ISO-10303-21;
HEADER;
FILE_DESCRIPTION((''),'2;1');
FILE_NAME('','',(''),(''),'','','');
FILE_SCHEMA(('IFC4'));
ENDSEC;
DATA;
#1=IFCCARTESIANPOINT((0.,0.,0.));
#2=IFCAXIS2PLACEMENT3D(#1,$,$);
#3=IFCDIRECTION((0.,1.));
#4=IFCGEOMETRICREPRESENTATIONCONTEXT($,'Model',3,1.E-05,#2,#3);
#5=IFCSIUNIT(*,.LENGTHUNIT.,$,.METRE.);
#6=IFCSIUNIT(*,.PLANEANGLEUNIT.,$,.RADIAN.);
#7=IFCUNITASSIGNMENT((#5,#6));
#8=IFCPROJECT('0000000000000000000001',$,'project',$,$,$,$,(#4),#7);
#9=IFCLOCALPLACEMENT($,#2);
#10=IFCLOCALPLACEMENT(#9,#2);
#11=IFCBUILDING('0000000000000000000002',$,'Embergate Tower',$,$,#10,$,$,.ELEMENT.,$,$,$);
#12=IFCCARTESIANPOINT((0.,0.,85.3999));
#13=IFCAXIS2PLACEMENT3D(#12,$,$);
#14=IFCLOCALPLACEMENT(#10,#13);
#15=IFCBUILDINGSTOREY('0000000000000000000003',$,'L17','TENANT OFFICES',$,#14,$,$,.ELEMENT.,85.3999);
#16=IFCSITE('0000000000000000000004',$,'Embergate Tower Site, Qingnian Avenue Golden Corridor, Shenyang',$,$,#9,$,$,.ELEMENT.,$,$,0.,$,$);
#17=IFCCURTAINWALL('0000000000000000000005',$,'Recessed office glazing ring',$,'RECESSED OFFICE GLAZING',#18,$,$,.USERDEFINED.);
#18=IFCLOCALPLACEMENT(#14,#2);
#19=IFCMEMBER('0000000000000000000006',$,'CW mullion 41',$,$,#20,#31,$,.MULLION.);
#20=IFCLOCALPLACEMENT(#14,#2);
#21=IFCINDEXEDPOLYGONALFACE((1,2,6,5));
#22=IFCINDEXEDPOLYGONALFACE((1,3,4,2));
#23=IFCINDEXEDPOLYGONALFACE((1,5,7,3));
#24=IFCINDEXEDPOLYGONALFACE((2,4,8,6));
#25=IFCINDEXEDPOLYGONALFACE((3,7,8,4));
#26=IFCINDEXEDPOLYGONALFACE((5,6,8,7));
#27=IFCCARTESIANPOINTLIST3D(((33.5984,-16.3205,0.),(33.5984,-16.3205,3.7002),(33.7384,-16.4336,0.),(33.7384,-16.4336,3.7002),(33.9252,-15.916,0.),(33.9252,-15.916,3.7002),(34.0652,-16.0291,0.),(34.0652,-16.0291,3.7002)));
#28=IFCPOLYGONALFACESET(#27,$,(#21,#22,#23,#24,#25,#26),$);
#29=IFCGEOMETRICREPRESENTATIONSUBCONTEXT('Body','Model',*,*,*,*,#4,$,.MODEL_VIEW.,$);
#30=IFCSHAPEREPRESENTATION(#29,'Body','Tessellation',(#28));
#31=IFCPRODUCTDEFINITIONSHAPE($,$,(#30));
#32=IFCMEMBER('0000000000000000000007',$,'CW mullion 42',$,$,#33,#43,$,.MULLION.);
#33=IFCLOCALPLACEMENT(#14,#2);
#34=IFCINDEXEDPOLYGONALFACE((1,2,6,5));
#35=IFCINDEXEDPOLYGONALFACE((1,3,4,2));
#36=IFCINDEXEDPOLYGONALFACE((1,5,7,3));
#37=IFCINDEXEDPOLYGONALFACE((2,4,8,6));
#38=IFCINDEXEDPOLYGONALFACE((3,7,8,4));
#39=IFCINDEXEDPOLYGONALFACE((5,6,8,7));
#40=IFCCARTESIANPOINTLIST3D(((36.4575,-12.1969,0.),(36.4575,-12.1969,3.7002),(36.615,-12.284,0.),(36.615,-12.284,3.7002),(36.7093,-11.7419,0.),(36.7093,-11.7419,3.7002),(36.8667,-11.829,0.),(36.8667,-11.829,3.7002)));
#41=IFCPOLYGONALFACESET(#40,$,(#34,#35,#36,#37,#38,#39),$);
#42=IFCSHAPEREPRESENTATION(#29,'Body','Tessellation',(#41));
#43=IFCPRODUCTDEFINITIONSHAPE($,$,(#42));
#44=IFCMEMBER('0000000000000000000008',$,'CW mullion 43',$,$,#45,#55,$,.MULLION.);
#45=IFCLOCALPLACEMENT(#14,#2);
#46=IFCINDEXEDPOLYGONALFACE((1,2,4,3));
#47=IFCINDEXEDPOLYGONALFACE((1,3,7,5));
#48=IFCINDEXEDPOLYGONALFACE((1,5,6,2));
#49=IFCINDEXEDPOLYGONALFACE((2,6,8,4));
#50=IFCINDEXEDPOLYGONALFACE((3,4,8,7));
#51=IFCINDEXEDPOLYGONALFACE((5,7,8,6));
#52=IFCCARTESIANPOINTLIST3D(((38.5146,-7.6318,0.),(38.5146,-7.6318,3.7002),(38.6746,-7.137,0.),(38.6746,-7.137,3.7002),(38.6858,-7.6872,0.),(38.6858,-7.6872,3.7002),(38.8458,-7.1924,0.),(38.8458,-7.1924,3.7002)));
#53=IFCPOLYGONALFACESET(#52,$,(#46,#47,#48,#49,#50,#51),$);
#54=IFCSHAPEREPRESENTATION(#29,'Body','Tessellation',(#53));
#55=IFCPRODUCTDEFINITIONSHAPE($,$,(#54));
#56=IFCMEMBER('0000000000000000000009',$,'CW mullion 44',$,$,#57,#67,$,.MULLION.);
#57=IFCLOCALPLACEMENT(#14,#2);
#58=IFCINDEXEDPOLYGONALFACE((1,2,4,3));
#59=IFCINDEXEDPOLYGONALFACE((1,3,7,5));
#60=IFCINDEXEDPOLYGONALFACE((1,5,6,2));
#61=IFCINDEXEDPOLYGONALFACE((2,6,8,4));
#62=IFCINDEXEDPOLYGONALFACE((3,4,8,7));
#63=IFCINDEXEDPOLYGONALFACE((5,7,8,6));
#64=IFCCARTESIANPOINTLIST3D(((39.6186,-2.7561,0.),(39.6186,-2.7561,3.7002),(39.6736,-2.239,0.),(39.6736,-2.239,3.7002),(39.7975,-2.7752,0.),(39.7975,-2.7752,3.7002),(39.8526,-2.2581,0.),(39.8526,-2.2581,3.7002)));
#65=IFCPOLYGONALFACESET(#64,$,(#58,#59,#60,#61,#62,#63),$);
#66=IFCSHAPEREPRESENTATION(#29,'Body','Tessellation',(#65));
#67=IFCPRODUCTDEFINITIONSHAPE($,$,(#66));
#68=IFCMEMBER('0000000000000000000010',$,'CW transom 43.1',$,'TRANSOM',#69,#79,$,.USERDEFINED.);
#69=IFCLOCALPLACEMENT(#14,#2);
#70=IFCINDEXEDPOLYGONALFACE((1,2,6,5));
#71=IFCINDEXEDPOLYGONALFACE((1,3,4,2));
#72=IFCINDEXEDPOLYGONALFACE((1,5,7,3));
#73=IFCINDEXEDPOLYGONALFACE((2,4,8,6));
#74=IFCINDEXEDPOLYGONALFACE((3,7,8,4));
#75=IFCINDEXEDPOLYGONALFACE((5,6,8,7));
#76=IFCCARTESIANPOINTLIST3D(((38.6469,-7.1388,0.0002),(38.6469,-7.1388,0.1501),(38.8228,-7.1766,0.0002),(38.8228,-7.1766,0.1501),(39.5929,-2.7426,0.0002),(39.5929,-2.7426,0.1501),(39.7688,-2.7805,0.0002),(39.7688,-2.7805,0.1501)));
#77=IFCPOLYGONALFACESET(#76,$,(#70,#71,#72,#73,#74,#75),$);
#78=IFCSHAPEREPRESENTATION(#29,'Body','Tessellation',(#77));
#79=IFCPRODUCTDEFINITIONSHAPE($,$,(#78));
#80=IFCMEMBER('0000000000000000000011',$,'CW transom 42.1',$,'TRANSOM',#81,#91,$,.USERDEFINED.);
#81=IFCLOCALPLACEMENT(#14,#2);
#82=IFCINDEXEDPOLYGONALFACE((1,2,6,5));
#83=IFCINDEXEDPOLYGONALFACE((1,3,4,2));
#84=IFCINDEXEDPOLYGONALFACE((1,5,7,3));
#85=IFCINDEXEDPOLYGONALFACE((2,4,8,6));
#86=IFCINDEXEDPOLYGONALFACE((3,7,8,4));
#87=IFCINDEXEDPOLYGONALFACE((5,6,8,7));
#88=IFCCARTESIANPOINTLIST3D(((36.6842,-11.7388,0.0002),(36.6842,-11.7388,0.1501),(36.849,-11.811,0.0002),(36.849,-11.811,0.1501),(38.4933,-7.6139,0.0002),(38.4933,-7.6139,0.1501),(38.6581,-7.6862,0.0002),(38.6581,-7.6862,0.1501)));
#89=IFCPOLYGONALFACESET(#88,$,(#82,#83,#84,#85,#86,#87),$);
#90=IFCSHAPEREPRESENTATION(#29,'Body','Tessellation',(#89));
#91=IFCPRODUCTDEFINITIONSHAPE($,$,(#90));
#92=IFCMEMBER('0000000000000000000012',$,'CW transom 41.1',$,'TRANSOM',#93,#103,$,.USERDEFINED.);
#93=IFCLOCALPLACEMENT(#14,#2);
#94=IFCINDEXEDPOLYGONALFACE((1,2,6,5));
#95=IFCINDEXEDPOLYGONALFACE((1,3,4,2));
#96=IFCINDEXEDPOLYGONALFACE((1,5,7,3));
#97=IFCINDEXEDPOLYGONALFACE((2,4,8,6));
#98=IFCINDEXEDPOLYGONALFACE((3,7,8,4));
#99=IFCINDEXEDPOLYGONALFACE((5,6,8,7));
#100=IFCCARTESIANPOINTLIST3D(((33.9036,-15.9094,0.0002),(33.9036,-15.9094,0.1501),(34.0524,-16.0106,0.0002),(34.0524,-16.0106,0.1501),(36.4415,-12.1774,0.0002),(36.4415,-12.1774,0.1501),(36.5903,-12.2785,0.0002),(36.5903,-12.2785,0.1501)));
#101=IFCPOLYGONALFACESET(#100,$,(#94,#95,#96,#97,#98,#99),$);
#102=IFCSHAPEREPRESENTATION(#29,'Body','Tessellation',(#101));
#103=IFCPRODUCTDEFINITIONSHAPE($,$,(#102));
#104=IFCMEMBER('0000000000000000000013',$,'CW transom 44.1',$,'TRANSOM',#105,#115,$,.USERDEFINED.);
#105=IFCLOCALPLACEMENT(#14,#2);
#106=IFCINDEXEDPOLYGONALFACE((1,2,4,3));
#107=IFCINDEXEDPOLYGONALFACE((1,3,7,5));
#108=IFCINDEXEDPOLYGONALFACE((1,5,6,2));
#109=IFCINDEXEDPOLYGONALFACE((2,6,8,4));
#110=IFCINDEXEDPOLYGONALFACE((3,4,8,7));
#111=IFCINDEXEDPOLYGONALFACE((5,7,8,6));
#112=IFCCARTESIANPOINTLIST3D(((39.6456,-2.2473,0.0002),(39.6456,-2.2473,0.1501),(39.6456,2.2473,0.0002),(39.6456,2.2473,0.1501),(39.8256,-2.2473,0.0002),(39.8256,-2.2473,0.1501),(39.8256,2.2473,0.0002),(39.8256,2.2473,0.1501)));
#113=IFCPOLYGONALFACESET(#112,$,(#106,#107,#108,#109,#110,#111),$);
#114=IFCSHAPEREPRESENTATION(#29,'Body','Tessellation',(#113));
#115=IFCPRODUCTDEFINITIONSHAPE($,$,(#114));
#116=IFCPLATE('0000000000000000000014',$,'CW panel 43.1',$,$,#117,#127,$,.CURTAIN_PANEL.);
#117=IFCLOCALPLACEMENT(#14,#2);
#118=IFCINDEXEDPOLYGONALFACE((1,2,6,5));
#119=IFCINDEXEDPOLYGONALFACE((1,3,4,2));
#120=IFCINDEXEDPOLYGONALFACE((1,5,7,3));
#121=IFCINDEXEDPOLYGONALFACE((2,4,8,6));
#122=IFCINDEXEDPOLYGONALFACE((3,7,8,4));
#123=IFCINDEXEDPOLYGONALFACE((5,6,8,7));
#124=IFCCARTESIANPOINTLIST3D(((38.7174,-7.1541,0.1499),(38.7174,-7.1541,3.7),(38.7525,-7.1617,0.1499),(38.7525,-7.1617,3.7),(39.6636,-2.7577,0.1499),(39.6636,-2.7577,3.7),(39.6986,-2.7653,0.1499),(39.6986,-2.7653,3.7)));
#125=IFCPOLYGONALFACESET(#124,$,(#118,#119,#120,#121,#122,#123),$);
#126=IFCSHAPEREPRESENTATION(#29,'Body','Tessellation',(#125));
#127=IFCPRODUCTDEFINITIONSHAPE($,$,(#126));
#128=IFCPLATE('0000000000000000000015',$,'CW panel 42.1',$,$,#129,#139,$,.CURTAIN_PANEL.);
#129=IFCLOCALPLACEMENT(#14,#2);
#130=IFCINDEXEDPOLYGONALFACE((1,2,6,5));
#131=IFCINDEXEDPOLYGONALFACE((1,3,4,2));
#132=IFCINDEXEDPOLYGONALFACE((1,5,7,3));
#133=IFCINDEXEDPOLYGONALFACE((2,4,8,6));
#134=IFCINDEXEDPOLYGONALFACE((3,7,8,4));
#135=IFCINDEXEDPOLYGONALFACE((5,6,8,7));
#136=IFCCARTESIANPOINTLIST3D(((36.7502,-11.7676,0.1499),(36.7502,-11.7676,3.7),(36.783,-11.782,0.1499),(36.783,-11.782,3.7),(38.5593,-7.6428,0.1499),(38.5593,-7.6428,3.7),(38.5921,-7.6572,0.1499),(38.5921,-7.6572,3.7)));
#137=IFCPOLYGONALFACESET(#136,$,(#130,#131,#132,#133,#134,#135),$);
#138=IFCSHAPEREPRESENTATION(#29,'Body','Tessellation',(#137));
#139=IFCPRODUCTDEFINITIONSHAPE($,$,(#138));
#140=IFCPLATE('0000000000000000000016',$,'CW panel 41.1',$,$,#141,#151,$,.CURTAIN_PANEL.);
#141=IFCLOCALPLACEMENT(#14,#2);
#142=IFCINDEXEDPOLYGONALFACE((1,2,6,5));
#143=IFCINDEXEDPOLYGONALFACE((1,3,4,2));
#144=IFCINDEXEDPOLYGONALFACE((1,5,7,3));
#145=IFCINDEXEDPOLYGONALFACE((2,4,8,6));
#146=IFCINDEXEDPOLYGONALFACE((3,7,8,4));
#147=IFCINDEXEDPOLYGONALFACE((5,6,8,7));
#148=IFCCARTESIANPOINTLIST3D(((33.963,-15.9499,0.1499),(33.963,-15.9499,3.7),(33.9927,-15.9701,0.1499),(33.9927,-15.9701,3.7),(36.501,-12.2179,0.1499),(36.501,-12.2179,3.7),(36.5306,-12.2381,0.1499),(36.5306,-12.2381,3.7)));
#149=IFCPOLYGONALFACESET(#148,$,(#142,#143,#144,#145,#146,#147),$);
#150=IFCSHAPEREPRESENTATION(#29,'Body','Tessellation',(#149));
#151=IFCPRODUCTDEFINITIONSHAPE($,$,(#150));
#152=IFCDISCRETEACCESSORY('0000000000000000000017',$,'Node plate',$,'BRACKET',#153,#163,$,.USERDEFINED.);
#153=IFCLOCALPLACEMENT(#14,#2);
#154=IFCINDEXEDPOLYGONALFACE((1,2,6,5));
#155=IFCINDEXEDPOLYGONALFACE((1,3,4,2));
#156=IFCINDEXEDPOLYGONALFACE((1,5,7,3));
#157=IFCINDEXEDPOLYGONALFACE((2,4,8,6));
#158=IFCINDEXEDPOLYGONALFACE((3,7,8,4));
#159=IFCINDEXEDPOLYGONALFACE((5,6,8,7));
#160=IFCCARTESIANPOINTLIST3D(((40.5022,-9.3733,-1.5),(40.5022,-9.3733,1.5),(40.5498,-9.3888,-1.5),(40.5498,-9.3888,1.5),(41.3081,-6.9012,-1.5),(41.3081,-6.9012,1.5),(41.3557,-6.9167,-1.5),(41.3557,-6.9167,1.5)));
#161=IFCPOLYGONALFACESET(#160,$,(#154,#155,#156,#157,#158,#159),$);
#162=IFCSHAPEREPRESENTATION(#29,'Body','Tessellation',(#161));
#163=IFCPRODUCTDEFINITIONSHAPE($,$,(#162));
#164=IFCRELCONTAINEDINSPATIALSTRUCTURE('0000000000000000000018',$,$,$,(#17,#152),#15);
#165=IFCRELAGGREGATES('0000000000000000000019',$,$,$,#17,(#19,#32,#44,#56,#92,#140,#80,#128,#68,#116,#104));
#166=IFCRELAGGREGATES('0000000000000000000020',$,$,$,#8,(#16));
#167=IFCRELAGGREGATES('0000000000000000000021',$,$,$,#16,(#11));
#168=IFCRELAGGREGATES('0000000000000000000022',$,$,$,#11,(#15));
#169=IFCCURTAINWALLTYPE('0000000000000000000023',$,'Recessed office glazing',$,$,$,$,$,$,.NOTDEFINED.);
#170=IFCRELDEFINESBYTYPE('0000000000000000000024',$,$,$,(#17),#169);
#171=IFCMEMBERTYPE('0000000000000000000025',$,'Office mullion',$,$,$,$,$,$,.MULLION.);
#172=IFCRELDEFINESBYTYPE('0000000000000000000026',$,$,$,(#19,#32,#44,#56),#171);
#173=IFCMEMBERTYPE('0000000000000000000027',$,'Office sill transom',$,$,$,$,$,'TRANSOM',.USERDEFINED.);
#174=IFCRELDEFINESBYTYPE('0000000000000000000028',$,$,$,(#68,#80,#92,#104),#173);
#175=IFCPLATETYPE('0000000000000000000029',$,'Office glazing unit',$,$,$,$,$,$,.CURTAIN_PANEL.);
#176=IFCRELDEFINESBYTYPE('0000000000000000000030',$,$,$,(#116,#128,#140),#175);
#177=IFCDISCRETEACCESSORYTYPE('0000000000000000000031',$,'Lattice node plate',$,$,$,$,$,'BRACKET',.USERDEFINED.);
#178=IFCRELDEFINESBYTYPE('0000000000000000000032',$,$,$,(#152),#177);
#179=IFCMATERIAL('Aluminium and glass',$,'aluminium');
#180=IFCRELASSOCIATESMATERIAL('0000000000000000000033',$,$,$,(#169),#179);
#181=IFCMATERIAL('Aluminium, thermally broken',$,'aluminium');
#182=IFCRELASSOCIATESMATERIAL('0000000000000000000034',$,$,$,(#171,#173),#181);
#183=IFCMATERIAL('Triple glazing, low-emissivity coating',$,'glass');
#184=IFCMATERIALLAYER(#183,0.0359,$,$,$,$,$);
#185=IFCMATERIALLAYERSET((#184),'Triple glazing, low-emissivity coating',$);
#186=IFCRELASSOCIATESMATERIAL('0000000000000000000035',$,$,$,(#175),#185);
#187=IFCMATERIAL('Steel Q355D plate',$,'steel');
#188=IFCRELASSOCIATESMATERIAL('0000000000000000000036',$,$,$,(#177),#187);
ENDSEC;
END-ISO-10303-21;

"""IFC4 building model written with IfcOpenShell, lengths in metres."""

from ifc_helpers import new_model, si_unit, direction, frame, origin, origin_2d, place, context, subcontext, project, spatial, rectangle, extrude, source, transform, mapped, material, layer, layer_set, material_profile, profile_set, type_object, element, aggregate, save


model = new_model("IFC4")

# Units and contexts
model_context = context("Model", 3, precision=1e-05, world=origin(), true_north=direction((0.0, 1.0)))
body_context = subcontext(model_context, "Body", "Model", "MODEL_VIEW")
ifc_project = project(units=[si_unit("LENGTHUNIT", "METRE"), si_unit("PLANEANGLEUNIT", "RADIAN")], contexts=[model_context])

# Site, building, storey
site_placement = place(None, origin())
site = spatial("IfcSite", under=ifc_project, at=site_placement, Name="Embergate Tower Site, Qingnian Avenue Golden Corridor, Shenyang", CompositionType="ELEMENT", RefElevation=0.0)
building_placement = place(site_placement, origin())
building = spatial("IfcBuilding", under=site, at=building_placement, Name="Embergate Tower", CompositionType="ELEMENT")
storey_placement = place(building_placement, frame((0.0, 0.0, 85.3999)))
storey = spatial("IfcBuildingStorey", under=building, at=storey_placement, Name="L17", Description="TENANT OFFICES", CompositionType="ELEMENT", Elevation=85.3999)

# Curtain wall, members, plates
ifc_material_1 = material(Name="Aluminium and glass", Category="aluminium")
curtain_wall_type = type_object("IfcCurtainWallType", Name="Recessed office glazing", PredefinedType="NOTDEFINED", material=ifc_material_1)
curtain_wall_placement = place(storey_placement, origin())
curtain_wall = element("IfcCurtainWall", 1, at=curtain_wall_placement, inside=storey, type_object=curtain_wall_type, Name="Recessed office glazing ring", ObjectType="RECESSED OFFICE GLAZING", PredefinedType="USERDEFINED")
ifc_material_2 = material(Name="Aluminium, thermally broken", Category="aluminium")
ifc_material_profile_1 = material_profile(ifc_material_2, rectangle(XDim=0.1799, YDim=0.52, at=origin_2d()), Name="AL 520x180")
ifc_profile_set_1 = profile_set([ifc_material_profile_1], Name="Aluminium, thermally broken")
member_type_1 = type_object("IfcMemberType", Name="Office mullion", PredefinedType="MULLION", material=ifc_profile_set_1)
shared_shape_1 = source(origin(), body_context, "Body", "SweptSolid", [
    extrude(rectangle(XDim=0.1799, YDim=0.52, at=origin_2d()), origin(), (0.0, 0.0, 1.0), 3.7002),
])
member_1_placement = place(storey_placement, frame((33.8318, -16.1748, 0.0), z_axis=(0.0, 0.0, 1.0), x_axis=(-0.777876, 0.628418, 0.0)))
member_1 = element("IfcMember", 2, at=member_1_placement, type_object=member_type_1, Name="CW mullion 41", PredefinedType="MULLION", context=body_context, shape_type="MappedRepresentation", body=[
    mapped(shared_shape_1, transform((0.0, 0.0, 0.0))),
])
member_2_placement = place(storey_placement, frame((36.6621, -12.0129, 0.0), z_axis=(0.0, 0.0, 1.0), x_axis=(-0.875005, 0.484113, 0.0)))
member_2 = element("IfcMember", 3, at=member_2_placement, type_object=member_type_1, Name="CW mullion 42", PredefinedType="MULLION", context=body_context, shape_type="MappedRepresentation", body=[
    mapped(shared_shape_1, transform((0.0, 0.0, 0.0))),
])
member_3_placement = place(storey_placement, frame((38.6802, -7.4121, 0.0), z_axis=(0.0, 0.0, 1.0), x_axis=(-0.951499, 0.307651, 0.0)))
member_3 = element("IfcMember", 4, at=member_3_placement, type_object=member_type_1, Name="CW mullion 43", PredefinedType="MULLION", context=body_context, shape_type="MappedRepresentation", body=[
    mapped(shared_shape_1, transform((0.0, 0.0, 0.0))),
])
member_4_placement = place(storey_placement, frame((39.7356, -2.5071, 0.0), z_axis=(0.0, 0.0, 1.0), x_axis=(-0.994385, 0.105822, 0.0)))
member_4 = element("IfcMember", 5, at=member_4_placement, type_object=member_type_1, Name="CW mullion 44", PredefinedType="MULLION", context=body_context, shape_type="MappedRepresentation", body=[
    mapped(shared_shape_1, transform((0.0, 0.0, 0.0))),
])
ifc_material_profile_2 = material_profile(ifc_material_2, rectangle(XDim=0.1799, YDim=0.1499, at=origin_2d()), Name="AL 150x180")
ifc_profile_set_2 = profile_set([ifc_material_profile_2], Name="Aluminium, thermally broken")
member_type_2 = type_object("IfcMemberType", Name="Office sill transom", ElementType="TRANSOM", PredefinedType="USERDEFINED", material=ifc_profile_set_2)
shared_shape_2 = source(origin(), body_context, "Body", "SweptSolid", [
    extrude(rectangle(XDim=0.1799, YDim=0.1499, at=origin_2d()), origin(), (0.0, 0.0, 1.0), 4.4968),
])
member_5_placement = place(storey_placement, frame((38.7349, -7.1577, 0.0752), z_axis=(0.210378, 0.97762, 0.0), x_axis=(-0.97762, 0.210378, 0.0)))
member_5 = element("IfcMember", 6, at=member_5_placement, type_object=member_type_2, Name="CW transom 43.1", ObjectType="TRANSOM", PredefinedType="USERDEFINED", context=body_context, shape_type="MappedRepresentation", body=[
    mapped(shared_shape_2, transform((0.0, 0.0, 0.0))),
])
shared_shape_3 = source(origin(), body_context, "Body", "SweptSolid", [
    extrude(rectangle(XDim=0.1799, YDim=0.1499, at=origin_2d()), origin(), (0.0, 0.0, 1.0), 4.5042),
])
member_6_placement = place(storey_placement, frame((36.7666, -11.7749, 0.0752), z_axis=(0.401658, 0.91579, 0.0), x_axis=(-0.91579, 0.401658, 0.0)))
member_6 = element("IfcMember", 7, at=member_6_placement, type_object=member_type_2, Name="CW transom 42.1", ObjectType="TRANSOM", PredefinedType="USERDEFINED", context=body_context, shape_type="MappedRepresentation", body=[
    mapped(shared_shape_3, transform((0.0, 0.0, 0.0))),
])
shared_shape_4 = source(origin(), body_context, "Body", "SweptSolid", [
    extrude(rectangle(XDim=0.1799, YDim=0.1499, at=origin_2d()), origin(), (0.0, 0.0, 1.0), 4.5132),
])
member_7_placement = place(storey_placement, frame((33.978, -15.96, 0.0752), z_axis=(0.562329, 0.826913, 0.0), x_axis=(-0.826913, 0.562329, 0.0)))
member_7 = element("IfcMember", 8, at=member_7_placement, type_object=member_type_2, Name="CW transom 41.1", ObjectType="TRANSOM", PredefinedType="USERDEFINED", context=body_context, shape_type="MappedRepresentation", body=[
    mapped(shared_shape_4, transform((0.0, 0.0, 0.0))),
])
shared_shape_5 = source(origin(), body_context, "Body", "SweptSolid", [
    extrude(rectangle(XDim=0.1799, YDim=0.1499, at=origin_2d()), origin(), (0.0, 0.0, 1.0), 4.4946),
])
member_8_placement = place(storey_placement, frame((39.7356, -2.2473, 0.0752), z_axis=(0.0, 1.0, 0.0), x_axis=(-1.0, 0.0, 0.0)))
member_8 = element("IfcMember", 9, at=member_8_placement, type_object=member_type_2, Name="CW transom 44.1", ObjectType="TRANSOM", PredefinedType="USERDEFINED", context=body_context, shape_type="MappedRepresentation", body=[
    mapped(shared_shape_5, transform((0.0, 0.0, 0.0))),
])
ifc_material_3 = material(Name="Triple glazing, low-emissivity coating", Category="glass")
ifc_layer = layer(ifc_material_3, 0.0359)
ifc_layer_set = layer_set([ifc_layer], Name="Triple glazing, low-emissivity coating")
plate_type = type_object("IfcPlateType", Name="Office glazing unit", PredefinedType="CURTAIN_PANEL", material=ifc_layer_set)
shared_shape_6 = source(origin(), body_context, "Body", "SweptSolid", [
    extrude(rectangle(XDim=4.4971, YDim=0.0359, at=origin_2d()), origin(), (0.0, 0.0, 1.0), 3.55),
])
plate_1_placement = place(storey_placement, frame((39.208, -4.9597, 0.1499), z_axis=(0.0, 0.0, 1.0), x_axis=(0.210398, 0.977616, 0.0)))
plate_1 = element("IfcPlate", 10, at=plate_1_placement, type_object=plate_type, Name="CW panel 43.1", PredefinedType="CURTAIN_PANEL", context=body_context, shape_type="MappedRepresentation", body=[
    mapped(shared_shape_6, transform((0.0, 0.0, 0.0))),
])
shared_shape_7 = source(origin(), body_context, "Body", "SweptSolid", [
    extrude(rectangle(XDim=4.5042, YDim=0.0359, at=origin_2d()), origin(), (0.0, 0.0, 1.0), 3.55),
])
plate_2_placement = place(storey_placement, frame((37.6711, -9.7124, 0.1499), z_axis=(0.0, 0.0, 1.0), x_axis=(0.401652, 0.915792, 0.0)))
plate_2 = element("IfcPlate", 11, at=plate_2_placement, type_object=plate_type, Name="CW panel 42.1", PredefinedType="CURTAIN_PANEL", context=body_context, shape_type="MappedRepresentation", body=[
    mapped(shared_shape_7, transform((0.0, 0.0, 0.0))),
])
shared_shape_8 = source(origin(), body_context, "Body", "SweptSolid", [
    extrude(rectangle(XDim=4.5132, YDim=0.0359, at=origin_2d()), origin(), (0.0, 0.0, 1.0), 3.55),
])
plate_3_placement = place(storey_placement, frame((35.2468, -14.094, 0.1499), z_axis=(0.0, 0.0, 1.0), x_axis=(0.562343, 0.826904, 0.0)))
plate_3 = element("IfcPlate", 12, at=plate_3_placement, type_object=plate_type, Name="CW panel 41.1", PredefinedType="CURTAIN_PANEL", context=body_context, shape_type="MappedRepresentation", body=[
    mapped(shared_shape_8, transform((0.0, 0.0, 0.0))),
])
aggregate(curtain_wall, [member_1, member_2, member_3, member_4, member_7, plate_3, member_6, plate_2, member_5, plate_1, member_8])

# Discrete accessory
ifc_material_4 = material(Name="Steel Q355D plate", Category="steel")
discrete_accessory_type = type_object("IfcDiscreteAccessoryType", Name="Lattice node plate", ElementType="BRACKET", PredefinedType="USERDEFINED", material=ifc_material_4)
shared_shape_9 = source(origin(), body_context, "Body", "SweptSolid", [
    extrude(rectangle(XDim=2.6001, YDim=0.05, at=origin_2d()), origin(), (0.0, 0.0, 1.0), 3.0),
])
discrete_accessory_placement = place(storey_placement, frame((40.929, -8.145, -1.5), z_axis=(0.0, 0.0, 1.0), x_axis=(0.309946, 0.950754, 0.0)))
element("IfcDiscreteAccessory", 13, at=discrete_accessory_placement, inside=storey, type_object=discrete_accessory_type, Name="Node plate", ObjectType="BRACKET", PredefinedType="USERDEFINED", context=body_context, shape_type="MappedRepresentation", body=[
    mapped(shared_shape_9, transform((0.0, 0.0, 0.0))),
])

save(model, "model.ifc")
